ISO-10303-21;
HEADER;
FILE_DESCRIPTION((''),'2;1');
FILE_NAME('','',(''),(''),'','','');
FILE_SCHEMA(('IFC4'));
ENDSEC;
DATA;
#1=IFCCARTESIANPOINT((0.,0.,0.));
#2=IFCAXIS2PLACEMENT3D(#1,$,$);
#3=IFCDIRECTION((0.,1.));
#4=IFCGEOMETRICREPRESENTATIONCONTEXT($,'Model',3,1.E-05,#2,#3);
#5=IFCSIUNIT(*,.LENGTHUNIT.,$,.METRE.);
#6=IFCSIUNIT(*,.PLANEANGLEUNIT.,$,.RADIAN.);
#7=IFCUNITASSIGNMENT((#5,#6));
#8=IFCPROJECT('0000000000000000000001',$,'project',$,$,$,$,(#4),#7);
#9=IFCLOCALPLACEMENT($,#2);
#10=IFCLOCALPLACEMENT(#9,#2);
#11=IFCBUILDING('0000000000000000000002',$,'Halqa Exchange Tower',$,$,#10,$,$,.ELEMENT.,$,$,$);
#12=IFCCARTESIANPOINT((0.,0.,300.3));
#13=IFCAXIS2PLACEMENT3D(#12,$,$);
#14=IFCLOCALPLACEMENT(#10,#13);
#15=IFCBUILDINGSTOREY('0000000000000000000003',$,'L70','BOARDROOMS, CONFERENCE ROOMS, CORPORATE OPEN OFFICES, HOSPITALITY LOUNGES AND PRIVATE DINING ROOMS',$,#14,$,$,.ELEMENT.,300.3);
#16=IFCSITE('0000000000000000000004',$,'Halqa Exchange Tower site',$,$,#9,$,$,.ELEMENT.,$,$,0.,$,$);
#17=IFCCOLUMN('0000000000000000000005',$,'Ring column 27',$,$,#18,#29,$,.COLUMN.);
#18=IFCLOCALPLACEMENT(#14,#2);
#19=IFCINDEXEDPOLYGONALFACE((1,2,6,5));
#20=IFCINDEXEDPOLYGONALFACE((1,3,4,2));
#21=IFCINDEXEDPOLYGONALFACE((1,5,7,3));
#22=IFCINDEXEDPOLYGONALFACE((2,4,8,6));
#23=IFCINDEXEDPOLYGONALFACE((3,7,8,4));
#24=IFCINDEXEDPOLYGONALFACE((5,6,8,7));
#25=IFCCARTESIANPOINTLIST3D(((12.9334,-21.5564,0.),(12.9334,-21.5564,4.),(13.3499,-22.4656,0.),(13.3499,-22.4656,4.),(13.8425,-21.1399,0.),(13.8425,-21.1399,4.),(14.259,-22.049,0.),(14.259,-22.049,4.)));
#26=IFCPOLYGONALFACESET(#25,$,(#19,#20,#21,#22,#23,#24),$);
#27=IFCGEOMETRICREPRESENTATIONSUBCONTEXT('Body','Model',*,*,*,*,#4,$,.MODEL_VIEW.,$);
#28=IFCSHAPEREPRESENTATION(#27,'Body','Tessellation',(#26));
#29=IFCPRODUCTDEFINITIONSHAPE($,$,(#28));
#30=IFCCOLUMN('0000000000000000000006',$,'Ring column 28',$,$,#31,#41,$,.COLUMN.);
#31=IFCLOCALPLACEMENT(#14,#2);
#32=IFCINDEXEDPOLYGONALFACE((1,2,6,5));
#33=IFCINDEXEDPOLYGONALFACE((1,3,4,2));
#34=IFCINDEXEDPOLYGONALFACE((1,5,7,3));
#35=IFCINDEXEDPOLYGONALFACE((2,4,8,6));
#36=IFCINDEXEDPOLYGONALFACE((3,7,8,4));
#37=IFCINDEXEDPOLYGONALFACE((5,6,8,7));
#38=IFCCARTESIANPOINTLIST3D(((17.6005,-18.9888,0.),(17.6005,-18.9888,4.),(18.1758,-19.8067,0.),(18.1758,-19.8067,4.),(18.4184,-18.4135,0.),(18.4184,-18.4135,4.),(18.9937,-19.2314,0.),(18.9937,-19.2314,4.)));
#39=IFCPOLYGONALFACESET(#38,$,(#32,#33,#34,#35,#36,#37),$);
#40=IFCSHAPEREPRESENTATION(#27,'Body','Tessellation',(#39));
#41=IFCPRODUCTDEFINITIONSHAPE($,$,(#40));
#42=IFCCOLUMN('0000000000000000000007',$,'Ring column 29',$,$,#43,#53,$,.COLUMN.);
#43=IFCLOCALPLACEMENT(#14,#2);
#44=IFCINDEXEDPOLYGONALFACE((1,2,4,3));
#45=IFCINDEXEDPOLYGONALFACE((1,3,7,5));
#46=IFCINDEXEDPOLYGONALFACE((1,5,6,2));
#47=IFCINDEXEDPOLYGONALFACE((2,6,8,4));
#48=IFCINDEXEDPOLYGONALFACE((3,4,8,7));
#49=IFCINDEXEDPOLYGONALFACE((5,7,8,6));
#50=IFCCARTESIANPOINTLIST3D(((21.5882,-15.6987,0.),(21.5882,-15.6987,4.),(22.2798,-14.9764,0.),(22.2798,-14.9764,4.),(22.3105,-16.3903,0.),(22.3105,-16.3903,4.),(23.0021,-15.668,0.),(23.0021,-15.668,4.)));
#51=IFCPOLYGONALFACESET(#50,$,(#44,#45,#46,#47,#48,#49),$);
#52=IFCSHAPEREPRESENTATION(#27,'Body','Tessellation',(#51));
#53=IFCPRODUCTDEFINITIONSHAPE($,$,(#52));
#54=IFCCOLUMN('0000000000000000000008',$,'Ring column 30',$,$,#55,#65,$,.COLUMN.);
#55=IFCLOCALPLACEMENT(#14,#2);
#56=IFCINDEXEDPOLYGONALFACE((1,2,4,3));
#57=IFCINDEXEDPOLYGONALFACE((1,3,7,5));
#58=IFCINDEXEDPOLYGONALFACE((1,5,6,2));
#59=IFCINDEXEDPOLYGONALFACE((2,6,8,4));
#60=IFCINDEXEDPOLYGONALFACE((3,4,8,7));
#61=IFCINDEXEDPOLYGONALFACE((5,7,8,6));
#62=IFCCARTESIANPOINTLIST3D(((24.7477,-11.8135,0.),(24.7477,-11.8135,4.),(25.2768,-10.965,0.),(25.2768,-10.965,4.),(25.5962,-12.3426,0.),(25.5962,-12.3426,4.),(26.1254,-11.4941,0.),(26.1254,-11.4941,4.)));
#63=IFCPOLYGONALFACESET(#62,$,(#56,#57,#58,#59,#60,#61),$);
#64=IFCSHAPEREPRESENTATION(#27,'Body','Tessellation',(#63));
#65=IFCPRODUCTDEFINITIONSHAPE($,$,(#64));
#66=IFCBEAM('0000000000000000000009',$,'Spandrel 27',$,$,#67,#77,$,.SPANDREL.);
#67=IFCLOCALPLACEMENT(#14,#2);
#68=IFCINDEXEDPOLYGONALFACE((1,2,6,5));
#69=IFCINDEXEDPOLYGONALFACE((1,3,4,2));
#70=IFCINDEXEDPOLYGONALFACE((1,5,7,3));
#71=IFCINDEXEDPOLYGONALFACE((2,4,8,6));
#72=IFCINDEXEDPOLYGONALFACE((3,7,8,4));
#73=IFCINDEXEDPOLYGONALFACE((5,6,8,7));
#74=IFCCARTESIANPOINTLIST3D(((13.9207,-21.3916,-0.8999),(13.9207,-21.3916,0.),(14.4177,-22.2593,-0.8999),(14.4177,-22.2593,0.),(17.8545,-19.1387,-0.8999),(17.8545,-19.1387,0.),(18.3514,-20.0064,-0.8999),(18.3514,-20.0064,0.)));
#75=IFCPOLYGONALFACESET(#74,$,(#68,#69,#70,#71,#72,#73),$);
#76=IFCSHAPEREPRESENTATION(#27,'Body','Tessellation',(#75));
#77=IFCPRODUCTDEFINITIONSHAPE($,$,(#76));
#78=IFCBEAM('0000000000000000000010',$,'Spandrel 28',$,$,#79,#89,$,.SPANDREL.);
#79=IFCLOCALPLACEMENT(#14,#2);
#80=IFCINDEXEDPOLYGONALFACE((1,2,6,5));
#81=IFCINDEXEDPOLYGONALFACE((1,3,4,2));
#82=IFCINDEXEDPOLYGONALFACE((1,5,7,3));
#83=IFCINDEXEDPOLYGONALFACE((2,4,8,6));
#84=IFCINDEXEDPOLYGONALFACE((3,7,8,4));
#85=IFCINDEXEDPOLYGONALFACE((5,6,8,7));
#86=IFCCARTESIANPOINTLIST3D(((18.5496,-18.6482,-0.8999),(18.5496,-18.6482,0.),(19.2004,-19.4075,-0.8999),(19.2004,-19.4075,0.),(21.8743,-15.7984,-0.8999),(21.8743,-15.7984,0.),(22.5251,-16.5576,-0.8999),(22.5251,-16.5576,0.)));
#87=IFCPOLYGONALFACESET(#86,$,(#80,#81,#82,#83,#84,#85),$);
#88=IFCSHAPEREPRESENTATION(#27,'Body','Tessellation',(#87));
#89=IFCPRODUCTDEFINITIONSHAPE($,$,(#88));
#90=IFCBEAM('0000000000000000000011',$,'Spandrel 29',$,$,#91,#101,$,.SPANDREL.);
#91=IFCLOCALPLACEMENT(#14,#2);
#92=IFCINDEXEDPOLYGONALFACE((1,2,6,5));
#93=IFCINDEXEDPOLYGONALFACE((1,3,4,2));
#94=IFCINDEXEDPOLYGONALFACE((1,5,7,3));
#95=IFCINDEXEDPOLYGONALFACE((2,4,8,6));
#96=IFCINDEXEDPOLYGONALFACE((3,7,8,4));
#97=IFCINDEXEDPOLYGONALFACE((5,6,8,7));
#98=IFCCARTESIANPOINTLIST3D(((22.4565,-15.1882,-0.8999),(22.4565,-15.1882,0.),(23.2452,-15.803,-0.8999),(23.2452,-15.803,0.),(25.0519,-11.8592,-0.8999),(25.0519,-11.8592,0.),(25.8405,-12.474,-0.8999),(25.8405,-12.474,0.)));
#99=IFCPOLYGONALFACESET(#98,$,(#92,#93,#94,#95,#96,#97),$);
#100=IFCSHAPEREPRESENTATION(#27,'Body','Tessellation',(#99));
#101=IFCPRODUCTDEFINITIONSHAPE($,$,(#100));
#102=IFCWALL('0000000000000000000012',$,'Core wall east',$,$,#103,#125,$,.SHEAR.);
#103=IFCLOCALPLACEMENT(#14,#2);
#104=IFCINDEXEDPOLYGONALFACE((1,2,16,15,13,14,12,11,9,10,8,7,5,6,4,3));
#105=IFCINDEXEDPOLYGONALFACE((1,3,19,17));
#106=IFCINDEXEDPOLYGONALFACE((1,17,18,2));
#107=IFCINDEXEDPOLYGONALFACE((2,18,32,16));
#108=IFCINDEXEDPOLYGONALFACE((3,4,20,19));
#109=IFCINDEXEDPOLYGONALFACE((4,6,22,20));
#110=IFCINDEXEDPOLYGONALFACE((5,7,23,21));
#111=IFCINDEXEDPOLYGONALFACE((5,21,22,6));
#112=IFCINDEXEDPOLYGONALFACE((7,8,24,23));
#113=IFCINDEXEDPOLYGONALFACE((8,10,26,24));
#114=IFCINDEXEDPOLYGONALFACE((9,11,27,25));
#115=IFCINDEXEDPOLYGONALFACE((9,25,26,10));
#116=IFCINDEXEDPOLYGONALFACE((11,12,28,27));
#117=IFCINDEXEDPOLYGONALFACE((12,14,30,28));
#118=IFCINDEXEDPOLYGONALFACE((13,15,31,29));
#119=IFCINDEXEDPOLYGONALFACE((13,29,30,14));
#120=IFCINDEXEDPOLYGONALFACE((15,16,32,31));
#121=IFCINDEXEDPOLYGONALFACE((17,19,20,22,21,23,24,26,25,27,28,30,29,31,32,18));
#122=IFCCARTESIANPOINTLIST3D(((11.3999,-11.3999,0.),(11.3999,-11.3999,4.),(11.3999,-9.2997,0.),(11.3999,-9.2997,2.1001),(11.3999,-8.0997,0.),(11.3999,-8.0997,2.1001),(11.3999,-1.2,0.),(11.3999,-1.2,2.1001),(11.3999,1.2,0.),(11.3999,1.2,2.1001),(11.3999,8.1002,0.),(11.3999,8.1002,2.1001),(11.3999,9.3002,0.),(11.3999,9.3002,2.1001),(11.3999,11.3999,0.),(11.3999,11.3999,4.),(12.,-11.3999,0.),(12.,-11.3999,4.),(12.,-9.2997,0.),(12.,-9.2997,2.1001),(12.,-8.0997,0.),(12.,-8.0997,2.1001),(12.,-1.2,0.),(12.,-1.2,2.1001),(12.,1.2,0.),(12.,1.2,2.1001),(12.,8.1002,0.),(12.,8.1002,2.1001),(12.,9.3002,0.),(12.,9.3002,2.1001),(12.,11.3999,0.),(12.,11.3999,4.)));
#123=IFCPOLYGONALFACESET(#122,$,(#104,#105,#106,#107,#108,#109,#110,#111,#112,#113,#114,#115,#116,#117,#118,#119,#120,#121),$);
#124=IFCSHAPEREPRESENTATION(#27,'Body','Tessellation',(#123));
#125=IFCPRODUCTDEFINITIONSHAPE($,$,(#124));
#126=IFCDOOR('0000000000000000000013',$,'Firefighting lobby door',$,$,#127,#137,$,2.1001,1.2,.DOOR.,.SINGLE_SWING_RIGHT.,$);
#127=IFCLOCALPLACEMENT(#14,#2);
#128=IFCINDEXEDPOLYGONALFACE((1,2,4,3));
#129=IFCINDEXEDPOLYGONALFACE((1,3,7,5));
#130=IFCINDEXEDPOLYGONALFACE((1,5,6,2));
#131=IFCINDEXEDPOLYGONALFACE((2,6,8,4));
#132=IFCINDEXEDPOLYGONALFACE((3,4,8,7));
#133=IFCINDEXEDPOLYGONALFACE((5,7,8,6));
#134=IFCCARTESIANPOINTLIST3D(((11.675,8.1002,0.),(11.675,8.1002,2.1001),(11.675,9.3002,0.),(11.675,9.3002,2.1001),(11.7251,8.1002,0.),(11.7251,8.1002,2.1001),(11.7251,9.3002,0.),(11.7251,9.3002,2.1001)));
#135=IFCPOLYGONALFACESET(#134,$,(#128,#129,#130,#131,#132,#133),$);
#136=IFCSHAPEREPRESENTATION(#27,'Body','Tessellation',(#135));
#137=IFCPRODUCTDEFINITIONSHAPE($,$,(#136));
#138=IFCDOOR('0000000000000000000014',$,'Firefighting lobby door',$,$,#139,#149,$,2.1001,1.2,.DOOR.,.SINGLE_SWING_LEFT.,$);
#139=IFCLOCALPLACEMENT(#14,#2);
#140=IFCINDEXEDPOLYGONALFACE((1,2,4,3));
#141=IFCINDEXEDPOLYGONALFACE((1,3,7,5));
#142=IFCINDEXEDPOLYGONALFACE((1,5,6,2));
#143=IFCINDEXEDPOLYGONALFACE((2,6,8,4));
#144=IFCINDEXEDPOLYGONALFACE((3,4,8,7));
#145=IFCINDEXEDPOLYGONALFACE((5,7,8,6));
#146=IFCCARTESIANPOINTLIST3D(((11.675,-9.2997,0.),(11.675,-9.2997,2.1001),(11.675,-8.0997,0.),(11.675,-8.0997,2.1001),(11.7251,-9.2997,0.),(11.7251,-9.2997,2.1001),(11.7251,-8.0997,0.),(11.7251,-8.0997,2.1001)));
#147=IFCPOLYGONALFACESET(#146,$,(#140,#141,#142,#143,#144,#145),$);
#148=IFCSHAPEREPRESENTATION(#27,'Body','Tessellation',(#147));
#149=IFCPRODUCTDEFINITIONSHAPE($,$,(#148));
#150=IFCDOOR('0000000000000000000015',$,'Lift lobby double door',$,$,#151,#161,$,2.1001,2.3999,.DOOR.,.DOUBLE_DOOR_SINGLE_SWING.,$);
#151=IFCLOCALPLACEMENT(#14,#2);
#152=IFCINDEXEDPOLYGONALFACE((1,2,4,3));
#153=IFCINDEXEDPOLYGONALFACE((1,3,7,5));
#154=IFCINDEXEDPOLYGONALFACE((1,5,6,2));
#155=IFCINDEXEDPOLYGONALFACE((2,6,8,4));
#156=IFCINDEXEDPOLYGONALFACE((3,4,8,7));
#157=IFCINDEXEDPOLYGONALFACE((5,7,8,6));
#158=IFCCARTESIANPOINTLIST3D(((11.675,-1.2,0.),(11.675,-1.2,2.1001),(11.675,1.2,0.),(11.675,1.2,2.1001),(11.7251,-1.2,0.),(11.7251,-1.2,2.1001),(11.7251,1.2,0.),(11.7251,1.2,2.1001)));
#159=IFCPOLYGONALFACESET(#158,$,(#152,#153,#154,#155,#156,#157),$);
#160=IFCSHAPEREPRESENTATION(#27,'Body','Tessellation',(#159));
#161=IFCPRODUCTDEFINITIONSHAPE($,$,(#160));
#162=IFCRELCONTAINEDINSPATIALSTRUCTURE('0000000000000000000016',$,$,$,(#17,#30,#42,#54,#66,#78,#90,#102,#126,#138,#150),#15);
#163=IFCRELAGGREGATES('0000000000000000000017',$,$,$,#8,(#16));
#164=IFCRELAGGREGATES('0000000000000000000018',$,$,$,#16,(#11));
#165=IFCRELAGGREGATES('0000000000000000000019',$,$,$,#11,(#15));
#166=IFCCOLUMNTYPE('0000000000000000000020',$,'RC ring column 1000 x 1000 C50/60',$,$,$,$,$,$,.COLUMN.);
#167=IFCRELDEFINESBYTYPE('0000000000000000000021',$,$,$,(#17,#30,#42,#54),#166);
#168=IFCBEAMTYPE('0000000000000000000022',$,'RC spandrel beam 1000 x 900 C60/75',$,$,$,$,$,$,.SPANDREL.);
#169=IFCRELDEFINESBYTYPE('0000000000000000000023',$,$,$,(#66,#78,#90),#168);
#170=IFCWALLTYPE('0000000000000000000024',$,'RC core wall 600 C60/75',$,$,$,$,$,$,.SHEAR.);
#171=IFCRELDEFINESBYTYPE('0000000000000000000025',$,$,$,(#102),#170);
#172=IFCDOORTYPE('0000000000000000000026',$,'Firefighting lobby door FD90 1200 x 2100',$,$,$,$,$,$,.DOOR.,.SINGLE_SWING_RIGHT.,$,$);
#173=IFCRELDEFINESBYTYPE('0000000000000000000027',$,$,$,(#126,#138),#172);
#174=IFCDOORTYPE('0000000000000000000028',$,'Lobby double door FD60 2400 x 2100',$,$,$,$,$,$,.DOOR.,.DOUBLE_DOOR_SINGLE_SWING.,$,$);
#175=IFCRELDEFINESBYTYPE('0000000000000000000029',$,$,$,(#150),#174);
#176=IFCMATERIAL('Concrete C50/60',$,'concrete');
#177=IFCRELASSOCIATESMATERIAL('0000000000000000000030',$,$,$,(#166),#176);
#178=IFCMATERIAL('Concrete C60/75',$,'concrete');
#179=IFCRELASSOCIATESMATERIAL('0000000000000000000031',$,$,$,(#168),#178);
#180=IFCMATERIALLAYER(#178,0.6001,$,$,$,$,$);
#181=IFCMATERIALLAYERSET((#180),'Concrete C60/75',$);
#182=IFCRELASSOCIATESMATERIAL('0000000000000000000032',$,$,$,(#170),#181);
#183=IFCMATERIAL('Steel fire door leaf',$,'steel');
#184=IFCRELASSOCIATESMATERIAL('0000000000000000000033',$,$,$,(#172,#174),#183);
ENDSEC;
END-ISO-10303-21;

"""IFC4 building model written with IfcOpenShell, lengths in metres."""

from ifc_helpers import new_model, si_unit, direction, frame, frame_2d, origin, origin_2d, place, context, subcontext, project, spatial, rectangle, extrude, material, layer, layer_set, material_profile, profile_set, type_object, element, fill, save


model = new_model("IFC4")

# Units and contexts
model_context = context("Model", 3, precision=1e-05, world=origin(), true_north=direction((0.0, 1.0)))
body_context = subcontext(model_context, "Body", "Model", "MODEL_VIEW")
ifc_project = project(units=[si_unit("LENGTHUNIT", "METRE"), si_unit("PLANEANGLEUNIT", "RADIAN")], contexts=[model_context])

# Site, building, storey
site_placement = place(None, origin())
site = spatial("IfcSite", under=ifc_project, at=site_placement, Name="Halqa Exchange Tower site", CompositionType="ELEMENT", RefElevation=0.0)
building_placement = place(site_placement, origin())
building = spatial("IfcBuilding", under=site, at=building_placement, Name="Halqa Exchange Tower", CompositionType="ELEMENT")
storey_placement = place(building_placement, frame((0.0, 0.0, 300.3)))
storey = spatial("IfcBuildingStorey", under=building, at=storey_placement, Name="L70", Description="BOARDROOMS, CONFERENCE ROOMS, CORPORATE OPEN OFFICES, HOSPITALITY LOUNGES AND PRIVATE DINING ROOMS", CompositionType="ELEMENT", Elevation=300.3)

# Columns
ifc_material_1 = material(Name="Concrete C50/60", Category="concrete")
ifc_material_profile_1 = material_profile(ifc_material_1, rectangle(XDim=1.0, YDim=1.0, at=origin_2d()), Name="1000 x 1000")
ifc_profile_set_1 = profile_set([ifc_material_profile_1], Name="Concrete C50/60")
column_type = type_object("IfcColumnType", Name="RC ring column 1000 x 1000 C50/60", PredefinedType="COLUMN", material=ifc_profile_set_1)
for number, where, z_axis, x_axis, name in (
    (1, (13.5962, -21.8027, 0.0), (0.0, 0.0, 1.0), (0.909126, 0.41652, 0.0), "Ring column 27"),
    (2, (18.2971, -19.1101, 0.0), (0.0, 0.0, 1.0), (0.817904, 0.575355, 0.0), "Ring column 28"),
    (3, (22.2952, -15.6833, 0.0), (0.0, 0.0, 1.0), (0.691581, 0.722299, 0.0), "Ring column 29"),
    (4, (25.4365, -11.6538, 0.0), (0.0, 0.0, 1.0), (0.529151, 0.848528, 0.0), "Ring column 30"),
):
    element("IfcColumn", number, at=place(storey_placement, frame(where, z_axis=z_axis, x_axis=x_axis)), inside=storey, type_object=column_type, Name=name, PredefinedType="COLUMN", context=body_context, shape_type="SweptSolid", body=[
        extrude(rectangle(XDim=1.0, YDim=1.0, at=origin_2d()), origin(), (0.0, 0.0, 1.0), 4.0),
    ])

# Beams
ifc_material_2 = material(Name="Concrete C60/75", Category="concrete")
ifc_material_profile_2 = material_profile(ifc_material_2, rectangle(XDim=1.0, YDim=0.8999, at=origin_2d()), Name="1000 x 900")
ifc_profile_set_2 = profile_set([ifc_material_profile_2], Name="Concrete C60/75")
beam_type = type_object("IfcBeamType", Name="RC spandrel beam 1000 x 900 C60/75", PredefinedType="SPANDREL", material=ifc_profile_set_2)
beam_1_placement = place(storey_placement, frame((14.1692, -21.8254, -0.45), z_axis=(0.867766, 0.496974, 0.0), x_axis=(-0.496974, 0.867766, 0.0)))
element("IfcBeam", 5, at=beam_1_placement, inside=storey, type_object=beam_type, Name="Spandrel 27", PredefinedType="SPANDREL", context=body_context, shape_type="SweptSolid", body=[
    extrude(rectangle(XDim=1.0, YDim=0.8999, at=origin_2d()), origin(), (0.0, 0.0, 1.0), 4.5332),
])
beam_2_placement = place(storey_placement, frame((18.875, -19.0278, -0.45), z_axis=(0.759245, 0.650805, 0.0), x_axis=(-0.650805, 0.759245, 0.0)))
element("IfcBeam", 6, at=beam_2_placement, inside=storey, type_object=beam_type, Name="Spandrel 28", PredefinedType="SPANDREL", context=body_context, shape_type="SweptSolid", body=[
    extrude(rectangle(XDim=1.0, YDim=0.8999, at=origin_2d()), origin(), (0.0, 0.0, 1.0), 4.3789),
])
beam_3_placement = place(storey_placement, frame((22.8508, -15.4956, -0.45), z_axis=(0.614849, 0.788645, 0.0), x_axis=(-0.788645, 0.614849, 0.0)))
element("IfcBeam", 7, at=beam_3_placement, inside=storey, type_object=beam_type, Name="Spandrel 29", PredefinedType="SPANDREL", context=body_context, shape_type="SweptSolid", body=[
    extrude(rectangle(XDim=1.0, YDim=0.8999, at=origin_2d()), origin(), (0.0, 0.0, 1.0), 4.2212),
])

# Wall, openings, doors
ifc_material_3 = material(Name="Steel fire door leaf", Category="steel")
ifc_layer_1 = layer(ifc_material_2, 0.6001)
ifc_layer_set_1 = layer_set([ifc_layer_1], Name="Concrete C60/75")
wall_type_1 = type_object("IfcWallType", Name="RC core wall 600 C60/75", PredefinedType="SHEAR", material=ifc_layer_set_1)
wall_1_placement = place(storey_placement, frame((11.7, -11.3999, 0.0), z_axis=(0.0, 0.0, 1.0), x_axis=(0.0, 1.0, 0.0)))
wall_1 = element("IfcWall", 8, at=wall_1_placement, inside=storey, type_object=wall_type_1, Name="Core wall east", PredefinedType="SHEAR", context=body_context, shape_type="SweptSolid", body=[
    extrude(rectangle(XDim=22.7998, YDim=0.6001, at=frame_2d((11.3999, 0.0))), origin(), (0.0, 0.0, 1.0), 4.0),
])
opening_1_placement = place(wall_1_placement, frame((10.2, 0.0, 0.0)))
opening_1 = element("IfcOpeningElement", 9, at=opening_1_placement, cuts=wall_1, PredefinedType="OPENING", context=body_context, shape_type="SweptSolid", body=[
    extrude(rectangle(XDim=2.3999, YDim=2.1001, at=frame_2d((1.2, 1.05))), frame((0.0, 0.312, 0.0), z_axis=(0.0, -1.0, 0.0), x_axis=(1.0, 0.0, 0.0)), (0.0, 0.0, 1.0), 0.624),
])
opening_2_placement = place(wall_1_placement, frame((19.5, 0.0, 0.0)))
opening_2 = element("IfcOpeningElement", 10, at=opening_2_placement, cuts=wall_1, PredefinedType="OPENING", context=body_context, shape_type="SweptSolid", body=[
    extrude(rectangle(XDim=1.2, YDim=2.1001, at=frame_2d((0.6001, 1.05))), frame((0.0, 0.312, 0.0), z_axis=(0.0, -1.0, 0.0), x_axis=(1.0, 0.0, 0.0)), (0.0, 0.0, 1.0), 0.624),
])
opening_3_placement = place(wall_1_placement, frame((2.1001, 0.0, 0.0)))
opening_3 = element("IfcOpeningElement", 11, at=opening_3_placement, cuts=wall_1, PredefinedType="OPENING", context=body_context, shape_type="SweptSolid", body=[
    extrude(rectangle(XDim=1.2, YDim=2.1001, at=frame_2d((0.6001, 1.05))), frame((0.0, 0.312, 0.0), z_axis=(0.0, -1.0, 0.0), x_axis=(1.0, 0.0, 0.0)), (0.0, 0.0, 1.0), 0.624),
])
door_type_1 = type_object("IfcDoorType", Name="Firefighting lobby door FD90 1200 x 2100", OperationType="SINGLE_SWING_RIGHT", PredefinedType="DOOR", material=ifc_material_3)
door_1_placement = place(opening_2_placement, origin())
door_1 = element("IfcDoor", 12, at=door_1_placement, inside=storey, type_object=door_type_1, Name="Firefighting lobby door", OperationType="SINGLE_SWING_RIGHT", OverallHeight=2.1001, OverallWidth=1.2, PredefinedType="DOOR", context=body_context, shape_type="SweptSolid", body=[
    extrude(rectangle(XDim=1.2, YDim=2.1001, at=frame_2d((0.6001, 1.05))), frame((0.0, 0.0249, 0.0), z_axis=(0.0, -1.0, 0.0), x_axis=(1.0, 0.0, 0.0)), (0.0, 0.0, 1.0), 0.05),
])
fill(opening_2, door_1)
door_2_placement = place(opening_3_placement, origin())
door_2 = element("IfcDoor", 13, at=door_2_placement, inside=storey, type_object=door_type_1, Name="Firefighting lobby door", OperationType="SINGLE_SWING_LEFT", OverallHeight=2.1001, OverallWidth=1.2, PredefinedType="DOOR", context=body_context, shape_type="SweptSolid", body=[
    extrude(rectangle(XDim=1.2, YDim=2.1001, at=frame_2d((0.6001, 1.05))), frame((0.0, 0.0249, 0.0), z_axis=(0.0, -1.0, 0.0), x_axis=(1.0, 0.0, 0.0)), (0.0, 0.0, 1.0), 0.05),
])
fill(opening_3, door_2)
door_type_2 = type_object("IfcDoorType", Name="Lobby double door FD60 2400 x 2100", OperationType="DOUBLE_DOOR_SINGLE_SWING", PredefinedType="DOOR", material=ifc_material_3)
door_3_placement = place(opening_1_placement, origin())
door_3 = element("IfcDoor", 14, at=door_3_placement, inside=storey, type_object=door_type_2, Name="Lift lobby double door", OperationType="DOUBLE_DOOR_SINGLE_SWING", OverallHeight=2.1001, OverallWidth=2.3999, PredefinedType="DOOR", context=body_context, shape_type="SweptSolid", body=[
    extrude(rectangle(XDim=2.3999, YDim=2.1001, at=frame_2d((1.2, 1.05))), frame((0.0, 0.0249, 0.0), z_axis=(0.0, -1.0, 0.0), x_axis=(1.0, 0.0, 0.0)), (0.0, 0.0, 1.0), 0.05),
])
fill(opening_1, door_3)

save(model, "model.ifc")
